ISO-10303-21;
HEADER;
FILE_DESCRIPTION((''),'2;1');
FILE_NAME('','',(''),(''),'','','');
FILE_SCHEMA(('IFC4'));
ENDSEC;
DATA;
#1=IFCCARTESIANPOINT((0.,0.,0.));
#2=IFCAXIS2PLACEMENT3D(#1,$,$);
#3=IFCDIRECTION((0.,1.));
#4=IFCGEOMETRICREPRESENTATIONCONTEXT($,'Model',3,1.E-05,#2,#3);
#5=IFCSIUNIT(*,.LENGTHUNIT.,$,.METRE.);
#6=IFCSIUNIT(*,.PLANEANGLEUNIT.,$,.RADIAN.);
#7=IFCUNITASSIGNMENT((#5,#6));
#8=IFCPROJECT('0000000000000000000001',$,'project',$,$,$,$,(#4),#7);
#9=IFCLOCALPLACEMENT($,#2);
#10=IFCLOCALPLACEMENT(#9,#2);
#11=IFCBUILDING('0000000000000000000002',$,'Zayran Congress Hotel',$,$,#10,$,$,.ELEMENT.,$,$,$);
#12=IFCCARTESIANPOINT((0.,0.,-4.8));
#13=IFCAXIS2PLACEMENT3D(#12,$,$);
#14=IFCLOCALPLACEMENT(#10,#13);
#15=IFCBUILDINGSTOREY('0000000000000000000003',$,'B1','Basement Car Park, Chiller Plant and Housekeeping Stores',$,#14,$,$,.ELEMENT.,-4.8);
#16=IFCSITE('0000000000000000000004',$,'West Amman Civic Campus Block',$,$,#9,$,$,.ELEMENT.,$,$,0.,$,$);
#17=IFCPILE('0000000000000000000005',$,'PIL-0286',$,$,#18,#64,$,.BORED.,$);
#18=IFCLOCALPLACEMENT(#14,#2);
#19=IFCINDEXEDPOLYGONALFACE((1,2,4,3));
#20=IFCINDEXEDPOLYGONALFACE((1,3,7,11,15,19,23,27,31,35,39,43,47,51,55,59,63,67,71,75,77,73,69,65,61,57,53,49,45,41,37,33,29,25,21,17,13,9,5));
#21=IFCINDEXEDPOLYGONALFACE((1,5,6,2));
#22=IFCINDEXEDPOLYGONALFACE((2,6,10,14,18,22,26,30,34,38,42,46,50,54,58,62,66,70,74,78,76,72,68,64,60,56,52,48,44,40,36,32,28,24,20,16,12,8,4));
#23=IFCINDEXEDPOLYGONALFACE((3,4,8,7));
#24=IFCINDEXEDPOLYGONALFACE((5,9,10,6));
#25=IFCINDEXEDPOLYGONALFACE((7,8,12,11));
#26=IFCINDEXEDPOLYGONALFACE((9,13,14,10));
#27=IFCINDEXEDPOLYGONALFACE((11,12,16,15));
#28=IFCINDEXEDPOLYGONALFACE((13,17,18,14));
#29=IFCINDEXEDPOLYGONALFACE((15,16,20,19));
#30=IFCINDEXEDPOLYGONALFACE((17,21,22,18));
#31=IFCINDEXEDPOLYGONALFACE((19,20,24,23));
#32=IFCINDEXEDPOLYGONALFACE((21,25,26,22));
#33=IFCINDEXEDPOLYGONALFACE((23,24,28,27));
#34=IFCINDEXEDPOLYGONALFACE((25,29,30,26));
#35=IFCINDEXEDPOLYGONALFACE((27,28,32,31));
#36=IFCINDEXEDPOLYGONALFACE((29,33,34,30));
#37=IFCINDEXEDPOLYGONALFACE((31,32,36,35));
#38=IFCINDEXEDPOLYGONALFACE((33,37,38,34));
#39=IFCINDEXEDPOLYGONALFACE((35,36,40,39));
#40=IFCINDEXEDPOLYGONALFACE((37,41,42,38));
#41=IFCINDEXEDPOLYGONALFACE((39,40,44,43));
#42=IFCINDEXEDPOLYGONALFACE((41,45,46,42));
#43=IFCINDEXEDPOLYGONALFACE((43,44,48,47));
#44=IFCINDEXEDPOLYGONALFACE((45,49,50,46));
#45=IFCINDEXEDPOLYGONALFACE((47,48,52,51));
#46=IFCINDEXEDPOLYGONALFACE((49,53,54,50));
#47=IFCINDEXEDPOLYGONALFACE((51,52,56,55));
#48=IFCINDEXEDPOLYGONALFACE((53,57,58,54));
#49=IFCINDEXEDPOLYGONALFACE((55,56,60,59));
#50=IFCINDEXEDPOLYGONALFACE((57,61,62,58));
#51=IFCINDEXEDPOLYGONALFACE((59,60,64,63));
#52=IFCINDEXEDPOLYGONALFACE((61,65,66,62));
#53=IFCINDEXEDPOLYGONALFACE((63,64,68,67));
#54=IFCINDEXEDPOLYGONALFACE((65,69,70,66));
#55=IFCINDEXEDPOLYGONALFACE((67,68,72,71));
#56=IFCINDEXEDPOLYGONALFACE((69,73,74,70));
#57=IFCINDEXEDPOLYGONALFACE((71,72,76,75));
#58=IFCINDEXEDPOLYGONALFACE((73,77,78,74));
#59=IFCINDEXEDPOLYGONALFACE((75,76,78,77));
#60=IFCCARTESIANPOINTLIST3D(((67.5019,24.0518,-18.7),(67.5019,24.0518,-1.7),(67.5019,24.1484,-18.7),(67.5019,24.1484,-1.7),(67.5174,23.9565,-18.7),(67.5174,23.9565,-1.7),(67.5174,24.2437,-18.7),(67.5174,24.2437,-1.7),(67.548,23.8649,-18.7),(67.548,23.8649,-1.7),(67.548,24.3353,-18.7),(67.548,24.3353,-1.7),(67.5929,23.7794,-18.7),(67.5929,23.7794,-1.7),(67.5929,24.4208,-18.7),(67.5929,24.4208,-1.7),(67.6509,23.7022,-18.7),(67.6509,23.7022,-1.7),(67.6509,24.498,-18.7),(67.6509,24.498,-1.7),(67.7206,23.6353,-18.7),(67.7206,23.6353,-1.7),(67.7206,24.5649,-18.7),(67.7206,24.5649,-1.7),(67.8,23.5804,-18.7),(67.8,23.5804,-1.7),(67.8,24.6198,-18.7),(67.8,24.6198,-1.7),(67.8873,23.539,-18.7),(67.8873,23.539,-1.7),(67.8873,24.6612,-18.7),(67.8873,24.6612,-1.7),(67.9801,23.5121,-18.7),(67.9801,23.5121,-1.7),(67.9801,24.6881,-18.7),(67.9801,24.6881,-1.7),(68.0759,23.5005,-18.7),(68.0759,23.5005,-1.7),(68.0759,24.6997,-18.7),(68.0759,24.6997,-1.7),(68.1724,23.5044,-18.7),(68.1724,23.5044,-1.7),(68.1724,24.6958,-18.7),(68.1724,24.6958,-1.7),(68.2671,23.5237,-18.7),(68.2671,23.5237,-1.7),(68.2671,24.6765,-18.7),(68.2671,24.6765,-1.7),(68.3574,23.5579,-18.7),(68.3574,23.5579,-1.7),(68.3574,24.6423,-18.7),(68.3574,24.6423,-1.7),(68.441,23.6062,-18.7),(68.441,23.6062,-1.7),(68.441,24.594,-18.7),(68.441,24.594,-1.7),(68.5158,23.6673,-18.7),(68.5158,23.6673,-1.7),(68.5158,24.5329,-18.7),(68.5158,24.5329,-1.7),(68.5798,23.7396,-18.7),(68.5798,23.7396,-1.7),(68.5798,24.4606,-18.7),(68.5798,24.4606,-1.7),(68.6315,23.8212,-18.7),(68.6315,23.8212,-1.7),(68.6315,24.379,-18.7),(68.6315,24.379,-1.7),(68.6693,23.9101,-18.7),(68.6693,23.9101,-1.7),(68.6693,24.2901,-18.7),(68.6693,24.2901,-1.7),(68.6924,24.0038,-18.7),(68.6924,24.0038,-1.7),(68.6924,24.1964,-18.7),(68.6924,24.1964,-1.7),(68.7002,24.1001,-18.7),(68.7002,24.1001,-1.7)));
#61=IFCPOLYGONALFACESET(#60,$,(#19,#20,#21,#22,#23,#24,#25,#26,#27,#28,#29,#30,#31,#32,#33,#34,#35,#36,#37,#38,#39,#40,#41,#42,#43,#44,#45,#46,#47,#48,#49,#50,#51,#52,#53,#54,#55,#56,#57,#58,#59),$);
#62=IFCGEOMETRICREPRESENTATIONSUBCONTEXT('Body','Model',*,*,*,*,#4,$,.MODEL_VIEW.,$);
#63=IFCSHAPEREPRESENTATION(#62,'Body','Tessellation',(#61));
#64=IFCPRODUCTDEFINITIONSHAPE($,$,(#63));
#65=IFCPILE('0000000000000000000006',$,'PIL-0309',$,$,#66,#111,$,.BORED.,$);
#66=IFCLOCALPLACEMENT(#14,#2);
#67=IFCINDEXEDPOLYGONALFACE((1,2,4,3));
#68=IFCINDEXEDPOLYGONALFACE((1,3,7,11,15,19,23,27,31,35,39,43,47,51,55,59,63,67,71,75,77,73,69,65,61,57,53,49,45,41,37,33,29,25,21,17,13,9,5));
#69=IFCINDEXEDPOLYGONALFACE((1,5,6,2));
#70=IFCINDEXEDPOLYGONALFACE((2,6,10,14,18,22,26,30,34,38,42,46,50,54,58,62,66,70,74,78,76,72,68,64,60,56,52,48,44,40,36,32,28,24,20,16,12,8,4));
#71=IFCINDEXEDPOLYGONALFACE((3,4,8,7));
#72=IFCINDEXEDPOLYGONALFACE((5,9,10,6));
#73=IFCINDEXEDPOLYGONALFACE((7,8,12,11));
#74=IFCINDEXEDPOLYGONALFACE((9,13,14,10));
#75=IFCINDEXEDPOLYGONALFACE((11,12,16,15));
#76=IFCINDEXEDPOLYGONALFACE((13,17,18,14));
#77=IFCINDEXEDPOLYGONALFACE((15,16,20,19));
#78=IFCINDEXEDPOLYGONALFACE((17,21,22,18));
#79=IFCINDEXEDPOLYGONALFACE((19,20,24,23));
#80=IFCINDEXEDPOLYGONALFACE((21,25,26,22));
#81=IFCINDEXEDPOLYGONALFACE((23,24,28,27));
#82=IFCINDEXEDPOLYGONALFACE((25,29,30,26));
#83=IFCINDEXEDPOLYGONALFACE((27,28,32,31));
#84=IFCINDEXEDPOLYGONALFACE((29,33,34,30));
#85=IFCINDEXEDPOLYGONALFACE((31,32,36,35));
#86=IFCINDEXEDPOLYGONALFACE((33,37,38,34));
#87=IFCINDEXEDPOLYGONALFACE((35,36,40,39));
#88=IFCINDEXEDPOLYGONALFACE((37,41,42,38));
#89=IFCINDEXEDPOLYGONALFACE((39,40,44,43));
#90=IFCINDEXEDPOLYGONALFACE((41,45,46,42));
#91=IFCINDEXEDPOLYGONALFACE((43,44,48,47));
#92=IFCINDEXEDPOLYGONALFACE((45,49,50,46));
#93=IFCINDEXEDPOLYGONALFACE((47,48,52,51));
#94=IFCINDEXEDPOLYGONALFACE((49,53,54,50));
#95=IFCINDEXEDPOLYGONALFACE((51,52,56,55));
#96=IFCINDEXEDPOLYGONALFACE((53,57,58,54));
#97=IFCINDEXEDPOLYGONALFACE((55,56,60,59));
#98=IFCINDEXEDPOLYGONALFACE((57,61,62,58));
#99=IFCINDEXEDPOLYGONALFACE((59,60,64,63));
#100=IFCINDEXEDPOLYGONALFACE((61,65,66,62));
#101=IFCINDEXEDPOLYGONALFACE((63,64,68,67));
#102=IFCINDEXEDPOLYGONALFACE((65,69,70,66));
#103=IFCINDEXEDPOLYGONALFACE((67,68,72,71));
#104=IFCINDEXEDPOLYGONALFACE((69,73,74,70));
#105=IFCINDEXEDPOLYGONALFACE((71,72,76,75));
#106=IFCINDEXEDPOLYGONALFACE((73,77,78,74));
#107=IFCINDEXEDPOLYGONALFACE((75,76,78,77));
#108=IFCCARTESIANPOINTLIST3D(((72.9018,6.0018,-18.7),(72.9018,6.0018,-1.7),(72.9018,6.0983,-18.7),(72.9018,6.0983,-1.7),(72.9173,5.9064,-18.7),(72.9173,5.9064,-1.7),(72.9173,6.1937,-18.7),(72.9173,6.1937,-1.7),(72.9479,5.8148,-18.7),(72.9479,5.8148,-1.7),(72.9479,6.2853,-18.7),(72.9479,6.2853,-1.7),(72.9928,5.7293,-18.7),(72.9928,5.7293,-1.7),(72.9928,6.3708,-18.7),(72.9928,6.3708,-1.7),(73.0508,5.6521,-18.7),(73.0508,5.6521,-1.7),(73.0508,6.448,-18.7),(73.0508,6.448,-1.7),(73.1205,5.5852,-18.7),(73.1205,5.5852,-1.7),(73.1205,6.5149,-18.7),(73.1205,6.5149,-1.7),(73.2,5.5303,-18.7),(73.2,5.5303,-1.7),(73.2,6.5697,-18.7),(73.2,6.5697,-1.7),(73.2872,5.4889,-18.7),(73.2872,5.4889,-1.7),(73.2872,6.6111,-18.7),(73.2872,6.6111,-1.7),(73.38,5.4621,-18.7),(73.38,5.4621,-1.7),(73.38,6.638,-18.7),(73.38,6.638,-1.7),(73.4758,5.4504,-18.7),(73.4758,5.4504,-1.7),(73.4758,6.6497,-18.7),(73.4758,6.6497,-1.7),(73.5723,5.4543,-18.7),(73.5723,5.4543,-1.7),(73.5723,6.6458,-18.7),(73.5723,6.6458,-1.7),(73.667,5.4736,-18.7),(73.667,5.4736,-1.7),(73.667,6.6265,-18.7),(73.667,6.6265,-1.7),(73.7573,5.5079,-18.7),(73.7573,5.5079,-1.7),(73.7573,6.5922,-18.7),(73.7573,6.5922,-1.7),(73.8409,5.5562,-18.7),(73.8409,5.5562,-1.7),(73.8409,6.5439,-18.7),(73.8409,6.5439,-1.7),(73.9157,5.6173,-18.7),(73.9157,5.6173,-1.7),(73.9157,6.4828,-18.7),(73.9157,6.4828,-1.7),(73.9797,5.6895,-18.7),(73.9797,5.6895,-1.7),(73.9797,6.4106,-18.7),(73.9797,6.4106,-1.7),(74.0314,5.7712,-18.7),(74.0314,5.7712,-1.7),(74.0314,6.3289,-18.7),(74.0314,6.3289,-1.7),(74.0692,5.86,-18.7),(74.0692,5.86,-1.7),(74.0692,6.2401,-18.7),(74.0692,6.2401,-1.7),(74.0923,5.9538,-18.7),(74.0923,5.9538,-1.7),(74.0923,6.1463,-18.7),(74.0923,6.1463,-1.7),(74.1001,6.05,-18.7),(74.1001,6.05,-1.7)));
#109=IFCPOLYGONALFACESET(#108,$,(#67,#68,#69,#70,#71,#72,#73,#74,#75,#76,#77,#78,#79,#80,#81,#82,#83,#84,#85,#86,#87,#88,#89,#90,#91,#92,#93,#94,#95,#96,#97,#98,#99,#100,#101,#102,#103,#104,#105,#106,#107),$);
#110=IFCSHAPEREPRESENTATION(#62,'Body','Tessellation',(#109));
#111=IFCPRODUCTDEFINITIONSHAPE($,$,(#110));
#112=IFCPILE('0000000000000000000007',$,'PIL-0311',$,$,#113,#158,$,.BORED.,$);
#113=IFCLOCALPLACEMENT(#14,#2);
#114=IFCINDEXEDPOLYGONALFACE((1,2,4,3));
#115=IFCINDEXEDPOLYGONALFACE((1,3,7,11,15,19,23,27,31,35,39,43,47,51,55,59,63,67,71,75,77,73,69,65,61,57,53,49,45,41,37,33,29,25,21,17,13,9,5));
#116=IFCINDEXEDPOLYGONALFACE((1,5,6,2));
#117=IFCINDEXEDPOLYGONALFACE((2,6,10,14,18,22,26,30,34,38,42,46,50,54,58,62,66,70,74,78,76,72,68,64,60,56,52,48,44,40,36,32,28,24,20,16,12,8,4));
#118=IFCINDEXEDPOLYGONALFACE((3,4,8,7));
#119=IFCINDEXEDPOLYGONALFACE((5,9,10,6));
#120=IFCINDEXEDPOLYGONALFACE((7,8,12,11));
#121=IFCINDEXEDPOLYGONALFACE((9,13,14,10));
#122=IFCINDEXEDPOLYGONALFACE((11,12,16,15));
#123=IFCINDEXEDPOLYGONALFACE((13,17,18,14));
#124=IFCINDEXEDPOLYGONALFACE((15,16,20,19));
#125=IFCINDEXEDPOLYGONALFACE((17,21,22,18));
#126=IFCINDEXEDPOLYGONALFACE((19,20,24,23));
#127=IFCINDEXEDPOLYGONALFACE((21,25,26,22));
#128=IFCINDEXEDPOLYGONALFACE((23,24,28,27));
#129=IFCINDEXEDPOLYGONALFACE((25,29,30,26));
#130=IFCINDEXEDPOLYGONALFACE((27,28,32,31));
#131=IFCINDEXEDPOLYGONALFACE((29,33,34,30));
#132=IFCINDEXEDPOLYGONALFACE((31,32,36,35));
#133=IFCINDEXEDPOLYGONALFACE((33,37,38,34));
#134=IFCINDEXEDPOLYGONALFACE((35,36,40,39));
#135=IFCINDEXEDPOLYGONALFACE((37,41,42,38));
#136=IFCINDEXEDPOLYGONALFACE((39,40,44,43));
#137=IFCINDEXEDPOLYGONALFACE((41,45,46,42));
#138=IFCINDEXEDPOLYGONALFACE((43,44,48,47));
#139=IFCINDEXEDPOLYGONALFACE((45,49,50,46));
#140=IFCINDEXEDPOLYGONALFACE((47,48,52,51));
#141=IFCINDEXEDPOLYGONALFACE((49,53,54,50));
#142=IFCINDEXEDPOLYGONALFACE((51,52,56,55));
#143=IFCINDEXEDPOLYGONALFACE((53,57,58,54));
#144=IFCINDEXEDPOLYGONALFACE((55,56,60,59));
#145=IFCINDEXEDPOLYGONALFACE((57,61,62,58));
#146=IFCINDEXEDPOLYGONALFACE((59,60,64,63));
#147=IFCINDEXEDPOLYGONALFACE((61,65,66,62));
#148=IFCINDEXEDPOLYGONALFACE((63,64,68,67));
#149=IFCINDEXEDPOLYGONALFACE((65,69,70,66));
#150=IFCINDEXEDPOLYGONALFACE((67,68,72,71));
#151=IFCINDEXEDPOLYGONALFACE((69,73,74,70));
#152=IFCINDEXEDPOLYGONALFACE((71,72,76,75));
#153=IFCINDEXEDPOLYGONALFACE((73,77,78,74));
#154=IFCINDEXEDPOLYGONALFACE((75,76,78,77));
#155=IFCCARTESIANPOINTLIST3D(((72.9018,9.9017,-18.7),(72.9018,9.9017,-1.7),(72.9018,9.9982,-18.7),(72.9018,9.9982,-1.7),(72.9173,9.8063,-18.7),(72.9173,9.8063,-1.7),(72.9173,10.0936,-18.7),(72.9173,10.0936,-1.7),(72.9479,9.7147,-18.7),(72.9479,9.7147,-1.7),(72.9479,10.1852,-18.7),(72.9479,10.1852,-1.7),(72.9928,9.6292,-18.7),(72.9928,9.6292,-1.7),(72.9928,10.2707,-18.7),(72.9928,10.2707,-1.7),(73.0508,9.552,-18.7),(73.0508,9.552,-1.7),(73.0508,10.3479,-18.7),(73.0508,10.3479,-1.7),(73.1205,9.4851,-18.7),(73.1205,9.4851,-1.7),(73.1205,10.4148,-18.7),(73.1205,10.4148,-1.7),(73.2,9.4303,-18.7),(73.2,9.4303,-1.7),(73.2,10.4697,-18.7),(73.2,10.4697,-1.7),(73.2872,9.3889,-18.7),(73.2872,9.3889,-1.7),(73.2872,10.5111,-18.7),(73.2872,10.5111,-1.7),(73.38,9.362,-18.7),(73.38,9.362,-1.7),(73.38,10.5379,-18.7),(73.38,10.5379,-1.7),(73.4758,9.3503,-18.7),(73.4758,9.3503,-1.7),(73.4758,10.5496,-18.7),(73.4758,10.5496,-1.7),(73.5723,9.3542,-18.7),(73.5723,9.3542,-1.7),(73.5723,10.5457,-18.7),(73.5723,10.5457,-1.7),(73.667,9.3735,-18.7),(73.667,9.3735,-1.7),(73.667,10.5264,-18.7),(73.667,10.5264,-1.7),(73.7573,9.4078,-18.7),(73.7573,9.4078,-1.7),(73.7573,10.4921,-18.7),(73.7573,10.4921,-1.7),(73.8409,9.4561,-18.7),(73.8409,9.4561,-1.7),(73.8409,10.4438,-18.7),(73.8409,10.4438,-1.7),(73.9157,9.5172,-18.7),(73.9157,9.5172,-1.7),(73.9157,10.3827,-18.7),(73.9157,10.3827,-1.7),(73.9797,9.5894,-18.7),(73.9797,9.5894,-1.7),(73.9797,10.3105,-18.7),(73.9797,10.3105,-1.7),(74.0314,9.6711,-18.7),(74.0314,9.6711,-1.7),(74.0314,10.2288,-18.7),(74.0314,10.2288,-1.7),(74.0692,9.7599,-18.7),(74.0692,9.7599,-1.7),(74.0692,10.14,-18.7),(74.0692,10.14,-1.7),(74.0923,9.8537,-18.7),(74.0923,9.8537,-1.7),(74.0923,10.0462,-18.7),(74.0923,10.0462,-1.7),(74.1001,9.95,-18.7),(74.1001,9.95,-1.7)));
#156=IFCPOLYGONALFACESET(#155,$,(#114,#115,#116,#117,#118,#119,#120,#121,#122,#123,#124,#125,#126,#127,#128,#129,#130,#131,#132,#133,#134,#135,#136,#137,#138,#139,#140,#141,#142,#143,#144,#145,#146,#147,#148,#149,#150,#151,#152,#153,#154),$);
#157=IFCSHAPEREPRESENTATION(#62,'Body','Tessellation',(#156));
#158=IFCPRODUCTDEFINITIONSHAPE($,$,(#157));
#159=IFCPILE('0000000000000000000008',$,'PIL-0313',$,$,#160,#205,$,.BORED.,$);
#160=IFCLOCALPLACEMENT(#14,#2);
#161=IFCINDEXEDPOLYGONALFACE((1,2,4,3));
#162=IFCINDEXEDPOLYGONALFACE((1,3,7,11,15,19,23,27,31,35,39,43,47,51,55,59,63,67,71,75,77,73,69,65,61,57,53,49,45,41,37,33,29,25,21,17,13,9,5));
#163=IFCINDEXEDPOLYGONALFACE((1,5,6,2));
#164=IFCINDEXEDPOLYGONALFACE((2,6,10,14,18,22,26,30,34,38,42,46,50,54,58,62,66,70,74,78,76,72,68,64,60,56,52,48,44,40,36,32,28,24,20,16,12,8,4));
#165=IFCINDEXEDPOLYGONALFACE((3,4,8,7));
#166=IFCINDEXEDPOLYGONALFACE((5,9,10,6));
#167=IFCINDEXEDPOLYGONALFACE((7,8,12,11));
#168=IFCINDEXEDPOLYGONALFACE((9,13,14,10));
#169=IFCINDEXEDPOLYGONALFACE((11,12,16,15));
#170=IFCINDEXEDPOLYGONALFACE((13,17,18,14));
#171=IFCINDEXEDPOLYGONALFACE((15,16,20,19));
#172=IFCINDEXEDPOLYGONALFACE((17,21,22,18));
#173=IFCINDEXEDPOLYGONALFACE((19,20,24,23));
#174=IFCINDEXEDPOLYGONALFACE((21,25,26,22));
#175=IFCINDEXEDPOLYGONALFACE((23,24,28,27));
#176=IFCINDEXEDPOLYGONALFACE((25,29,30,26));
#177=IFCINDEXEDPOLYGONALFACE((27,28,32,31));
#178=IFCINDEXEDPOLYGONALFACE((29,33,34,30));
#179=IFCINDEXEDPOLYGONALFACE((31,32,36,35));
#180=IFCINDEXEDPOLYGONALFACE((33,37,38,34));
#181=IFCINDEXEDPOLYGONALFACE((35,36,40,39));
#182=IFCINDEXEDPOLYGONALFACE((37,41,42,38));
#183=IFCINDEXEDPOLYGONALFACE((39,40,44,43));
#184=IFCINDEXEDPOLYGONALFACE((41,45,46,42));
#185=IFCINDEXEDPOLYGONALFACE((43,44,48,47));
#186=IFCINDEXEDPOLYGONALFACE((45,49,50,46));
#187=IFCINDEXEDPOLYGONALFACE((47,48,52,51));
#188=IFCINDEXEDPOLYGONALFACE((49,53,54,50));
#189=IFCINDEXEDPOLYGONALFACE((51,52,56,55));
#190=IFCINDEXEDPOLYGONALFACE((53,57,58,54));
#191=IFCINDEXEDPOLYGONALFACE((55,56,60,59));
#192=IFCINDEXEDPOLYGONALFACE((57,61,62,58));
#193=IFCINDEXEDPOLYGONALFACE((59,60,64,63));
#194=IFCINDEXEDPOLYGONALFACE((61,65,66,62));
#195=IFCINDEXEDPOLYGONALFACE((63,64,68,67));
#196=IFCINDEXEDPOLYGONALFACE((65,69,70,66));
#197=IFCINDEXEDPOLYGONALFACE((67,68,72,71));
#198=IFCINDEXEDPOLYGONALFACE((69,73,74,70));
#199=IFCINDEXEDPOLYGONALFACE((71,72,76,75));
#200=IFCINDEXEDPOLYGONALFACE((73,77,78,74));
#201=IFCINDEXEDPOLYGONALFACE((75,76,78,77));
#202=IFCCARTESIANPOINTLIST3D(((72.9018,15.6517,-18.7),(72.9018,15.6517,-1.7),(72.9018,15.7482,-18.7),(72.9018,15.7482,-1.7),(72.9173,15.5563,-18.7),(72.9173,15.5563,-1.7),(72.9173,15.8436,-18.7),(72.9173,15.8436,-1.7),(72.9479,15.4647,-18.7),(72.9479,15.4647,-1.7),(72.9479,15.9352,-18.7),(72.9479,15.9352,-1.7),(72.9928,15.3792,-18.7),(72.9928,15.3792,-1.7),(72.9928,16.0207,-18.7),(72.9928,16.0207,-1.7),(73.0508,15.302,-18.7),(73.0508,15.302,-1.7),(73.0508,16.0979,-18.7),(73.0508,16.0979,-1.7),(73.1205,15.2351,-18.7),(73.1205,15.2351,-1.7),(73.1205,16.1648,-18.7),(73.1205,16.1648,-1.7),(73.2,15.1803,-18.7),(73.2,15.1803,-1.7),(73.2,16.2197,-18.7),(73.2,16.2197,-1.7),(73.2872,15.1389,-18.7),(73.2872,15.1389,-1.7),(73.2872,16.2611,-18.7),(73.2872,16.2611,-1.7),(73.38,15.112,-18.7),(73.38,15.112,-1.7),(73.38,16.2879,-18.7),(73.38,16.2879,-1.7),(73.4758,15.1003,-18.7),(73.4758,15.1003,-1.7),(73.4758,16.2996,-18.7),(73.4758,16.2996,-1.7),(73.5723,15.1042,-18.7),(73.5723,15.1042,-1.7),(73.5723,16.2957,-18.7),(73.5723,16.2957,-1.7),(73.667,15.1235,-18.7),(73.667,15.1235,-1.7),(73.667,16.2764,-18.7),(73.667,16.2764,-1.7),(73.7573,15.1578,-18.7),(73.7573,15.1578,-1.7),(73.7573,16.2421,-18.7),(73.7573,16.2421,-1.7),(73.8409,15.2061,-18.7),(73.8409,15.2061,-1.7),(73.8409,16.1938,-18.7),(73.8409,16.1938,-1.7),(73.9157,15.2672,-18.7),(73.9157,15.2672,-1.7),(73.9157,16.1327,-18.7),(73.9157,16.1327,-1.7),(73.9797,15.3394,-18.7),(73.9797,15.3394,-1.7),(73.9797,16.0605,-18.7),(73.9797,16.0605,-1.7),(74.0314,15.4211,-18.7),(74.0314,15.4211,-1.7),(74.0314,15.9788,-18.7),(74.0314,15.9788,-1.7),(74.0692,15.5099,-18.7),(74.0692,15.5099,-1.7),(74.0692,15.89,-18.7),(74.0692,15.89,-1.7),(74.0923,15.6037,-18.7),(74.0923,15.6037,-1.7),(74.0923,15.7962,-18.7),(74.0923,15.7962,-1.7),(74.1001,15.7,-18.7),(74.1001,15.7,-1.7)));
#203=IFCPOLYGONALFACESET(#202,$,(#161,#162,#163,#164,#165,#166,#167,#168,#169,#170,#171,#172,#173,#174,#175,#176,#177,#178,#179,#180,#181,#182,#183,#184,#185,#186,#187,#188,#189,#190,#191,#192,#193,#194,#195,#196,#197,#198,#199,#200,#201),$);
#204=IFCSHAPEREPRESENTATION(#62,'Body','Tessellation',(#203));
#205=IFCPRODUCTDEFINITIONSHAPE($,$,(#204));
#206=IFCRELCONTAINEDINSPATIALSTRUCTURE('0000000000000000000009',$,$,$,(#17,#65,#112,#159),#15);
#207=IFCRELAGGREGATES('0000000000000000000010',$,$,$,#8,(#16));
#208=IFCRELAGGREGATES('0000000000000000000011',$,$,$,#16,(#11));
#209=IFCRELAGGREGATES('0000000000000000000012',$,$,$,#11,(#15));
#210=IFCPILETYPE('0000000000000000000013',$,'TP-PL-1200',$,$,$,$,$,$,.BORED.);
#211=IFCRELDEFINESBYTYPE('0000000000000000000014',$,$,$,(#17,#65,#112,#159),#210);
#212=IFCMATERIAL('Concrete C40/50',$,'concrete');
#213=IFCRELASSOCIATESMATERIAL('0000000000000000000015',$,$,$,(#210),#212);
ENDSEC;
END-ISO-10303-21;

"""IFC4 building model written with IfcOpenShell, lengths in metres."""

from ifc_helpers import new_model, si_unit, direction, frame, origin, origin_2d, place, context, subcontext, project, spatial, circle, extrude, material, material_profile, profile_set, type_object, element, save


model = new_model("IFC4")

# Units and contexts
model_context = context("Model", 3, precision=1e-05, world=origin(), true_north=direction((0.0, 1.0)))
body_context = subcontext(model_context, "Body", "Model", "MODEL_VIEW")
ifc_project = project(units=[si_unit("LENGTHUNIT", "METRE"), si_unit("PLANEANGLEUNIT", "RADIAN")], contexts=[model_context])

# Site, building, storey
site_placement = place(None, origin())
site = spatial("IfcSite", under=ifc_project, at=site_placement, Name="West Amman Civic Campus Block", CompositionType="ELEMENT", RefElevation=0.0)
building_placement = place(site_placement, origin())
building = spatial("IfcBuilding", under=site, at=building_placement, Name="Zayran Congress Hotel", CompositionType="ELEMENT")
storey_placement = place(building_placement, frame((0.0, 0.0, -4.8)))
storey = spatial("IfcBuildingStorey", under=building, at=storey_placement, Name="B1", Description="Basement Car Park, Chiller Plant and Housekeeping Stores", CompositionType="ELEMENT", Elevation=-4.8)

# Piles
ifc_material = material(Name="Concrete C40/50", Category="concrete")
ifc_material_profile_1 = material_profile(ifc_material, circle(Radius=0.6001, at=origin_2d()), Name="PILE D1200")
ifc_profile_set_1 = profile_set([ifc_material_profile_1], Name="Concrete C40/50")
pile_type = type_object("IfcPileType", Name="TP-PL-1200", PredefinedType="BORED", material=ifc_profile_set_1)
for number, where, z_axis, x_axis, name in (
    (1, (68.1001, 24.1001, -1.7), (0.0, 0.0, -1.0), (1.0, 0.0, 0.0), "PIL-0286"),
    (2, (73.5, 6.05, -1.7), (0.0, 0.0, -1.0), (1.0, 0.0, 0.0), "PIL-0309"),
    (3, (73.5, 9.95, -1.7), (0.0, 0.0, -1.0), (1.0, 0.0, 0.0), "PIL-0311"),
    (4, (73.5, 15.7, -1.7), (0.0, 0.0, -1.0), (1.0, 0.0, 0.0), "PIL-0313"),
):
    element("IfcPile", number, at=place(storey_placement, frame(where, z_axis=z_axis, x_axis=x_axis)), inside=storey, type_object=pile_type, Name=name, PredefinedType="BORED", context=body_context, shape_type="SweptSolid", body=[
        extrude(circle(Radius=0.6001, at=origin_2d()), origin(), (0.0, 0.0, 1.0), 17.0),
    ])

save(model, "model.ifc")
